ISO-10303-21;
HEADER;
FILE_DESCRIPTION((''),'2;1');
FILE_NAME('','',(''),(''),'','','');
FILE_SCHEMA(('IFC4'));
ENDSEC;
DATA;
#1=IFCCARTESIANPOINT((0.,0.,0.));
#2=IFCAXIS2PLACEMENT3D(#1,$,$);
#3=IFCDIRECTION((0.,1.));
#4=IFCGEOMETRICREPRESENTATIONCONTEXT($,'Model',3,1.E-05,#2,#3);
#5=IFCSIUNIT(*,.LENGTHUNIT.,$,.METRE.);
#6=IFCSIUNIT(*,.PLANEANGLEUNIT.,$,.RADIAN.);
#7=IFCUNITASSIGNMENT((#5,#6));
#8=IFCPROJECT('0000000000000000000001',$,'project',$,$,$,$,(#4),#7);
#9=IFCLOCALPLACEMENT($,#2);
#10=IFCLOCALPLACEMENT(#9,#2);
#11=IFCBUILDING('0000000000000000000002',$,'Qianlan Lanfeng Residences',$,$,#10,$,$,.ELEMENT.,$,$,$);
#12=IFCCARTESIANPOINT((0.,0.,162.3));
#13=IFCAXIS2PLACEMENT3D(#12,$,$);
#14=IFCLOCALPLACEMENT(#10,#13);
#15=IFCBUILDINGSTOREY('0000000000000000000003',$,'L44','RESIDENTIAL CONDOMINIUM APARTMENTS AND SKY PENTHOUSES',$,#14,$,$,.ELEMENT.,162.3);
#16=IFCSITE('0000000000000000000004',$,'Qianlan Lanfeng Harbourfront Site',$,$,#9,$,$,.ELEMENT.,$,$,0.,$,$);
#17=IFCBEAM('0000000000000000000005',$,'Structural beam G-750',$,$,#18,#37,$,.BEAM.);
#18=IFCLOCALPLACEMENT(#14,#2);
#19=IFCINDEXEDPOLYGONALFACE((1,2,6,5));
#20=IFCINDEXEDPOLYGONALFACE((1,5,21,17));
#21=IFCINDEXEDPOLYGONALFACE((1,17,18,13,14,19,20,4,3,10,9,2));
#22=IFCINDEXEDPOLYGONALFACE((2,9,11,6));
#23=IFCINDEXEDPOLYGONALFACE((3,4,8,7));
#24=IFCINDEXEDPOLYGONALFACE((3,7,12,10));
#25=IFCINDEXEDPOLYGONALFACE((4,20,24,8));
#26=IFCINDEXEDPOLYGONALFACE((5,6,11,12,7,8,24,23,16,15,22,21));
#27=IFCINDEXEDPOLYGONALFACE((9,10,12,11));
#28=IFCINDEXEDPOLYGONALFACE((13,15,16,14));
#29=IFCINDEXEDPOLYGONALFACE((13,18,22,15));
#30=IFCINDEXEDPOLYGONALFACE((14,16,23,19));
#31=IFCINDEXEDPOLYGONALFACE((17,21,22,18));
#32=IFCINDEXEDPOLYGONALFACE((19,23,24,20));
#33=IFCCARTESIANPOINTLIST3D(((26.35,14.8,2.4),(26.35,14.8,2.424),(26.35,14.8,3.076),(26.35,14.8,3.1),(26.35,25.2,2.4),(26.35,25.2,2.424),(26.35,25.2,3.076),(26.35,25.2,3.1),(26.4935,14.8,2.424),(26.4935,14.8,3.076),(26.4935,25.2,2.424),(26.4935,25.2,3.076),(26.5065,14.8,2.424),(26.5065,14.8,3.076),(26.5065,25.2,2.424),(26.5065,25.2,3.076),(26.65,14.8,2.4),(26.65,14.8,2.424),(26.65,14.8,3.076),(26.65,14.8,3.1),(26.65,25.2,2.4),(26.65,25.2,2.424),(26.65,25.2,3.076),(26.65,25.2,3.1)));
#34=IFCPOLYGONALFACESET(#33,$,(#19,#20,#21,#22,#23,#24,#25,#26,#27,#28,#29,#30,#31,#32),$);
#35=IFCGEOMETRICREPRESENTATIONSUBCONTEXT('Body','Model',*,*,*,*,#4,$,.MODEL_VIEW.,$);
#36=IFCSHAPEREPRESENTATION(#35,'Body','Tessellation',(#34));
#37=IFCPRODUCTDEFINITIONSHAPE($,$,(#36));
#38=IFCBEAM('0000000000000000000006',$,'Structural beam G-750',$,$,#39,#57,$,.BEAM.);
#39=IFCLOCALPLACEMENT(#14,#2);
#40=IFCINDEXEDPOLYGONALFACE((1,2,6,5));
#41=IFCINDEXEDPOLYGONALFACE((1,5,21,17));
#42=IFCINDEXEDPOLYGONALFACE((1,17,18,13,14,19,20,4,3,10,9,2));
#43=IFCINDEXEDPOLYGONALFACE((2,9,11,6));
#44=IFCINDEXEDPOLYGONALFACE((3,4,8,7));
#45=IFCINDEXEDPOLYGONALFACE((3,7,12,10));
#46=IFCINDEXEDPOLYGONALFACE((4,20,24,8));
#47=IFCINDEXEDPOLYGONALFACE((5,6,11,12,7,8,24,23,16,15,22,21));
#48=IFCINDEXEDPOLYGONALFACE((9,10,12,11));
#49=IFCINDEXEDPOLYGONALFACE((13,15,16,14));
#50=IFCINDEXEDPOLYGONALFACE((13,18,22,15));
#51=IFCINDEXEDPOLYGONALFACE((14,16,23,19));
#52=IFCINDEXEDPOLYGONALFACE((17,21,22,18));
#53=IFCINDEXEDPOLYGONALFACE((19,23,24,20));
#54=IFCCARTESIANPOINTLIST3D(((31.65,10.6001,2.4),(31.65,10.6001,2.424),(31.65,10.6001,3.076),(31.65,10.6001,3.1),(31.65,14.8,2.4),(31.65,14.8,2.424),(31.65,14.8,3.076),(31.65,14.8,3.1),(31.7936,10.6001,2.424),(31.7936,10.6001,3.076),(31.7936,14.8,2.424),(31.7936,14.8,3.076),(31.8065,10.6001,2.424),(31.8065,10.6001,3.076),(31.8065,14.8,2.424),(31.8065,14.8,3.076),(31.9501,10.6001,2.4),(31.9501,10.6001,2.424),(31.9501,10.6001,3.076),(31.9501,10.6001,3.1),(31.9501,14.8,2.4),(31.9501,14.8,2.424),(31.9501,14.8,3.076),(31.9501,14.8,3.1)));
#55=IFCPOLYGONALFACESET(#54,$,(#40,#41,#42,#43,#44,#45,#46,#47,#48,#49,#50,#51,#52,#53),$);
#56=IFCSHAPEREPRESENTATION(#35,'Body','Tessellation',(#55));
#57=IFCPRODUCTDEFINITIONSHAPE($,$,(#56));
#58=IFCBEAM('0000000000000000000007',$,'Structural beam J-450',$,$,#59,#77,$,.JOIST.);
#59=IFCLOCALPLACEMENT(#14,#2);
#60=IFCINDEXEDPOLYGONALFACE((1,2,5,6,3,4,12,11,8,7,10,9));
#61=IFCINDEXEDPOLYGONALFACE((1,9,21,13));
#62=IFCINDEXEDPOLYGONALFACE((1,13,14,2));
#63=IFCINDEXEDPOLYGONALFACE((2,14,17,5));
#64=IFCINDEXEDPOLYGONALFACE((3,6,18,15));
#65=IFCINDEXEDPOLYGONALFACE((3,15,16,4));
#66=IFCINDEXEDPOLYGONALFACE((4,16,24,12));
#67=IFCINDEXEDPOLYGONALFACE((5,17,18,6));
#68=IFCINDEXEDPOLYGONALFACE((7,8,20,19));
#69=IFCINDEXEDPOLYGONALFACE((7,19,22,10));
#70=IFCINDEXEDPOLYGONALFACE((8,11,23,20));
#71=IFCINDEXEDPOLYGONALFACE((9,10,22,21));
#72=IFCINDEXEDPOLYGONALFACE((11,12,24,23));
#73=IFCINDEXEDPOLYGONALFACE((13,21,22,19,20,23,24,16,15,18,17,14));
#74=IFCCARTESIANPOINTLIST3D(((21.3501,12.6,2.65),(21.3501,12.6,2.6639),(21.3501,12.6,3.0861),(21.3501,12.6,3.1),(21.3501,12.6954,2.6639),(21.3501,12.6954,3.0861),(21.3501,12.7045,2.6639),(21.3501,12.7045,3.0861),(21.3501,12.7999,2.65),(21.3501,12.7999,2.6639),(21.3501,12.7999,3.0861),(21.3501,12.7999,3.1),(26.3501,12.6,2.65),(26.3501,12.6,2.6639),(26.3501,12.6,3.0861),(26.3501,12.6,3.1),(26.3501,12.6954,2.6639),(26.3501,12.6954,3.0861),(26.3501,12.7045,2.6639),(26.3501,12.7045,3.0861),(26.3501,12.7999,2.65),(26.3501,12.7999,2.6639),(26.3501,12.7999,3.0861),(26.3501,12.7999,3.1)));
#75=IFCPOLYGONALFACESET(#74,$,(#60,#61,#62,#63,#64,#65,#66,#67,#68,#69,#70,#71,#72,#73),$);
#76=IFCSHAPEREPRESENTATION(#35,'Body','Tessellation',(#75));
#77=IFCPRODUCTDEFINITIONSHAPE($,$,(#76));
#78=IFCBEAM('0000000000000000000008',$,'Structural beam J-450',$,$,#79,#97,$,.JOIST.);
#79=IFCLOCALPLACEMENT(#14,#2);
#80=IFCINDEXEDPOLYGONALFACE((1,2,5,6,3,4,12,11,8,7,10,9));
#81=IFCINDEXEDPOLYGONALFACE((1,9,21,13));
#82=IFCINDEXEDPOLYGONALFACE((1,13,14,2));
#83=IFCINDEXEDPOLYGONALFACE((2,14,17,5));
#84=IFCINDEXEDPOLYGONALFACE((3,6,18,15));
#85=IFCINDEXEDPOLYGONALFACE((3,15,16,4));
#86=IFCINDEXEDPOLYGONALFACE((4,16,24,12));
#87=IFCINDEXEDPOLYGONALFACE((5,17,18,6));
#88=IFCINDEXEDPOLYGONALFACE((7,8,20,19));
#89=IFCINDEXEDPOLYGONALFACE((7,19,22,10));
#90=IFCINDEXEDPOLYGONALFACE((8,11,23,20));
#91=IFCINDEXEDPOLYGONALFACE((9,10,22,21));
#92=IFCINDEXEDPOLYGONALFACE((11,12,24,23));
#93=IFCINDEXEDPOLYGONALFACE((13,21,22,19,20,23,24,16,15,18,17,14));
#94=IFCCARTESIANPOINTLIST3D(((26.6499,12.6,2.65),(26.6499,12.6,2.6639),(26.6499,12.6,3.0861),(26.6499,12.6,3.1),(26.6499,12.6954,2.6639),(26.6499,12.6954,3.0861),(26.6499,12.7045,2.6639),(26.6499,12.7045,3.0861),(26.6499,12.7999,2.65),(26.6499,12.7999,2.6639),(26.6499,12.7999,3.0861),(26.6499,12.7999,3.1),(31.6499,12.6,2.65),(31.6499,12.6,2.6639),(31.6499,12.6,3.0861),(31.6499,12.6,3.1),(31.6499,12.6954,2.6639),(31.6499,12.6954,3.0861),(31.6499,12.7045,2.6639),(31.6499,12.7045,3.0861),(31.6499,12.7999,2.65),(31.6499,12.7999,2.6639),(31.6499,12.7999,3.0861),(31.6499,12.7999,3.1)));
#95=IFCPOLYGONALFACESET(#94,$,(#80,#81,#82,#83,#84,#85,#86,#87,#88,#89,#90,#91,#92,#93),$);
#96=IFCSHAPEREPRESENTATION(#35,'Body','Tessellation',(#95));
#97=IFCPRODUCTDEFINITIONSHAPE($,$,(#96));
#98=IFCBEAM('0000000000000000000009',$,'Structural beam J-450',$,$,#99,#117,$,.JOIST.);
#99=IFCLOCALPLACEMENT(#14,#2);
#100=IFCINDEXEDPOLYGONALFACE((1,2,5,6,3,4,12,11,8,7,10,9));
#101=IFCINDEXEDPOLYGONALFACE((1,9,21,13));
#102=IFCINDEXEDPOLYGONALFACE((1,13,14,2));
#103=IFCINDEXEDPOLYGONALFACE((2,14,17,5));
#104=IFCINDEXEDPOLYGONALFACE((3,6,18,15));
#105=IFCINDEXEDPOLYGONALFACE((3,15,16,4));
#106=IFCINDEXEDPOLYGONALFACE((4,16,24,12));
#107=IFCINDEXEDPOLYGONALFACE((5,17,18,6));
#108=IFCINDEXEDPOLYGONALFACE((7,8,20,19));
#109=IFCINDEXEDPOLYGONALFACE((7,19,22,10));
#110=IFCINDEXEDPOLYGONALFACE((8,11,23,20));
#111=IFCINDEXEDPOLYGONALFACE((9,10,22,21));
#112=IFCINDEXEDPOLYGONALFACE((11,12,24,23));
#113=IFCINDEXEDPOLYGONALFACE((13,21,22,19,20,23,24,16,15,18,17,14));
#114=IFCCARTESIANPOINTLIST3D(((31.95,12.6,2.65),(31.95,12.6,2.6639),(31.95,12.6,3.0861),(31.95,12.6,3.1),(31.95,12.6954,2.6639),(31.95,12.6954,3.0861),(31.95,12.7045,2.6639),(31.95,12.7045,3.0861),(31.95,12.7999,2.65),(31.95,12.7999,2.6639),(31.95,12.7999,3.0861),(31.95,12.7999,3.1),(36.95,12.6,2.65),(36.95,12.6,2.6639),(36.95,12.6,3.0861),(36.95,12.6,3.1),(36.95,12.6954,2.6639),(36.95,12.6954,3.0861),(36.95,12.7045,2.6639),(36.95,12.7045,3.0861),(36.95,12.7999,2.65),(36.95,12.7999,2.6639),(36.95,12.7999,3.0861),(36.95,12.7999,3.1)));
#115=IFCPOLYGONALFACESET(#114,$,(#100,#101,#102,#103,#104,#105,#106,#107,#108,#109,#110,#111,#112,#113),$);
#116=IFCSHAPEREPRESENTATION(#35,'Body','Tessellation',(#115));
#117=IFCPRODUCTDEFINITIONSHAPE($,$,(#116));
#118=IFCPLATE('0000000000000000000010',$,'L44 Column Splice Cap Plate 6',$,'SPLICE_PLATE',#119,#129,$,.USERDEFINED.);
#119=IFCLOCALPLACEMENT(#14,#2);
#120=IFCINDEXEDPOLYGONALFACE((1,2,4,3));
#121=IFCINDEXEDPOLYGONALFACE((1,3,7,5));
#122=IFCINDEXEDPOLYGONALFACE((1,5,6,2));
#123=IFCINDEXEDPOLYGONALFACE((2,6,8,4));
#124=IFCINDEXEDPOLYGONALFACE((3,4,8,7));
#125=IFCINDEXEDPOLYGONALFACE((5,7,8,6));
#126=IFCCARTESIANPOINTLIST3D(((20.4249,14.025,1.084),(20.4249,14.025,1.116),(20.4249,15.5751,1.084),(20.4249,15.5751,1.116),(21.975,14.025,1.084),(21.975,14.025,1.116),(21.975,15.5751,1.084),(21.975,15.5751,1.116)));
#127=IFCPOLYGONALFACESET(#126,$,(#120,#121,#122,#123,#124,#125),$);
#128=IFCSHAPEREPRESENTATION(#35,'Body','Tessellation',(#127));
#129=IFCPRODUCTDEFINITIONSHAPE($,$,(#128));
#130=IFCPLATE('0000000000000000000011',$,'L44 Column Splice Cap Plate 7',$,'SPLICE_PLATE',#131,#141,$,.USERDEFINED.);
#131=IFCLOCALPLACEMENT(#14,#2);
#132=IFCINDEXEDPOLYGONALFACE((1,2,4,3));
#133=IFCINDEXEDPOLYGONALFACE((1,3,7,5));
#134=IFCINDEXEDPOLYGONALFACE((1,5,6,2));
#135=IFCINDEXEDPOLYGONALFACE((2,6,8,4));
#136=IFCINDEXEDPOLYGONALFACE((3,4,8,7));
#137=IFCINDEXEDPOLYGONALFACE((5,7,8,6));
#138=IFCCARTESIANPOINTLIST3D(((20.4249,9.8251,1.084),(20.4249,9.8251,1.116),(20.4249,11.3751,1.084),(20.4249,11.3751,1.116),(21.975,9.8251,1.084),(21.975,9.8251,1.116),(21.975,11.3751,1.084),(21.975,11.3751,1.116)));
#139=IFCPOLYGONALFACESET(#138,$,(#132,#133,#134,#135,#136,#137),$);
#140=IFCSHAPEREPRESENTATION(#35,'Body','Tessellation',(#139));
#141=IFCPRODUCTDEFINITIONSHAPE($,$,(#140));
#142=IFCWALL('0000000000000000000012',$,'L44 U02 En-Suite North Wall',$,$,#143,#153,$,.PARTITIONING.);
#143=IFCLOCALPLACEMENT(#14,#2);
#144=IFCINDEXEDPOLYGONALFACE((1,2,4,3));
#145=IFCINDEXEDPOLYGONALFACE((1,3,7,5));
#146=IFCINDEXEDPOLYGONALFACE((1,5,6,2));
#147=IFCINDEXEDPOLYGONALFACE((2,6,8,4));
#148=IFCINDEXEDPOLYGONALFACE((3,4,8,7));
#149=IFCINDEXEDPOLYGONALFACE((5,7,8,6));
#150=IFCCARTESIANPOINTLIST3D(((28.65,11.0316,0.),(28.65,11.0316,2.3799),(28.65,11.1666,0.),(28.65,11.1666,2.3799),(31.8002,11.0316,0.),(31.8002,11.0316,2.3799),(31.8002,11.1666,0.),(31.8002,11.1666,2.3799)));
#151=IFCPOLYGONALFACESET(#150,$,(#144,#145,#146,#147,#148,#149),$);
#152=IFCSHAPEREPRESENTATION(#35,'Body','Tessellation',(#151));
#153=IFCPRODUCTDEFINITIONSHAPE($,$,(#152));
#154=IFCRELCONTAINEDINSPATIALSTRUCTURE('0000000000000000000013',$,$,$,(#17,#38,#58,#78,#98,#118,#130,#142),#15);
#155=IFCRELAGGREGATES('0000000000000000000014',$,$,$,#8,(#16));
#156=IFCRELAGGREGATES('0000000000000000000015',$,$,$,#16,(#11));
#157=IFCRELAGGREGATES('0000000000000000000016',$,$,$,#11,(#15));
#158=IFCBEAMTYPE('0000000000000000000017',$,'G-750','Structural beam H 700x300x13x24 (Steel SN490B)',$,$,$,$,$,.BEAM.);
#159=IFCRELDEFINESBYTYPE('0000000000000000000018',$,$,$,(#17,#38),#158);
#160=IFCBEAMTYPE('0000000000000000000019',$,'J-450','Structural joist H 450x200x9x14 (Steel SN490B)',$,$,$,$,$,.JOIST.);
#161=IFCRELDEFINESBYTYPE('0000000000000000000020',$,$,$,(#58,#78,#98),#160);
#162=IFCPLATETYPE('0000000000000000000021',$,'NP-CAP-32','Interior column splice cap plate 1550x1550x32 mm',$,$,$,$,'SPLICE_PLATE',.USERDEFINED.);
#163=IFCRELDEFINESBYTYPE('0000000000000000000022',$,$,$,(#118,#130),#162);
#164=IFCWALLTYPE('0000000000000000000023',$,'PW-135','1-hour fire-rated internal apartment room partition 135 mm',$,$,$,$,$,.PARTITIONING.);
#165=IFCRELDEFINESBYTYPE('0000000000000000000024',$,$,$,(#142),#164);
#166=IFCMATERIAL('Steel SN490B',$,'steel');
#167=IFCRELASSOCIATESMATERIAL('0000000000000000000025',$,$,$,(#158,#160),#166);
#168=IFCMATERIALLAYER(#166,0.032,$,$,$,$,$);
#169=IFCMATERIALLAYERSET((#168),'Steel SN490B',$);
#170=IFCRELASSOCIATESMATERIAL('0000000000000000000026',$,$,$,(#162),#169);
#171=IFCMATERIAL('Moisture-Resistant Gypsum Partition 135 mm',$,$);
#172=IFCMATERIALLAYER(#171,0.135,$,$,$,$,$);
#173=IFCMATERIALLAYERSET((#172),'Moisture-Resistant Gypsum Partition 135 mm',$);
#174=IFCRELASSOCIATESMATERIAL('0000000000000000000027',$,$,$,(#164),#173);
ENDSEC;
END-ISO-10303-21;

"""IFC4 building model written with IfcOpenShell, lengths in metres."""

from ifc_helpers import new_model, si_unit, direction, frame, frame_2d, origin, origin_2d, place, context, subcontext, project, spatial, rectangle, i_section, extrude, source, transform, mapped, material, layer, layer_set, material_profile, profile_set, type_object, element, save


model = new_model("IFC4")

# Units and contexts
model_context = context("Model", 3, precision=1e-05, world=origin(), true_north=direction((0.0, 1.0)))
body_context = subcontext(model_context, "Body", "Model", "MODEL_VIEW")
ifc_project = project(units=[si_unit("LENGTHUNIT", "METRE"), si_unit("PLANEANGLEUNIT", "RADIAN")], contexts=[model_context])

# Site, building, storey
site_placement = place(None, origin())
site = spatial("IfcSite", under=ifc_project, at=site_placement, Name="Qianlan Lanfeng Harbourfront Site", CompositionType="ELEMENT", RefElevation=0.0)
building_placement = place(site_placement, origin())
building = spatial("IfcBuilding", under=site, at=building_placement, Name="Qianlan Lanfeng Residences", CompositionType="ELEMENT")
storey_placement = place(building_placement, frame((0.0, 0.0, 162.3)))
storey = spatial("IfcBuildingStorey", under=building, at=storey_placement, Name="L44", Description="RESIDENTIAL CONDOMINIUM APARTMENTS AND SKY PENTHOUSES", CompositionType="ELEMENT", Elevation=162.3)

# Shared definitions
ifc_material_1 = material(Name="Steel SN490B", Category="steel")

# Beams
ifc_material_profile_1 = material_profile(ifc_material_1, i_section(OverallWidth=0.3, OverallDepth=0.7, WebThickness=0.0129, FlangeThickness=0.0239, at=origin_2d()), Name="H 700x300x13x24")
ifc_profile_set_1 = profile_set([ifc_material_profile_1], Name="Steel SN490B")
beam_type_1 = type_object("IfcBeamType", Name="G-750", Description="Structural beam H 700x300x13x24 (Steel SN490B)", PredefinedType="BEAM", material=ifc_profile_set_1)
beam_1_placement = place(storey_placement, frame((26.5, 14.8, 2.75), z_axis=(0.0, 1.0, 0.0), x_axis=(-1.0, 0.0, 0.0)))
element("IfcBeam", 1, at=beam_1_placement, inside=storey, type_object=beam_type_1, Name="Structural beam G-750", PredefinedType="BEAM", context=body_context, shape_type="SweptSolid", body=[
    extrude(i_section(OverallWidth=0.3, OverallDepth=0.7, WebThickness=0.0129, FlangeThickness=0.0239, at=origin_2d()), origin(), (0.0, 0.0, 1.0), 10.3999),
])
beam_2_placement = place(storey_placement, frame((31.8, 10.6001, 2.75), z_axis=(0.0, 1.0, 0.0), x_axis=(-1.0, 0.0, 0.0)))
element("IfcBeam", 2, at=beam_2_placement, inside=storey, type_object=beam_type_1, Name="Structural beam G-750", PredefinedType="BEAM", context=body_context, shape_type="SweptSolid", body=[
    extrude(i_section(OverallWidth=0.3, OverallDepth=0.7, WebThickness=0.0129, FlangeThickness=0.0239, at=origin_2d()), origin(), (0.0, 0.0, 1.0), 4.2),
])
ifc_material_profile_2 = material_profile(ifc_material_1, i_section(OverallWidth=0.2, OverallDepth=0.45, WebThickness=0.009, FlangeThickness=0.0139, at=origin_2d()), Name="H 450x200x9x14")
ifc_profile_set_2 = profile_set([ifc_material_profile_2], Name="Steel SN490B")
beam_type_2 = type_object("IfcBeamType", Name="J-450", Description="Structural joist H 450x200x9x14 (Steel SN490B)", PredefinedType="JOIST", material=ifc_profile_set_2)
for number, where, z_axis, x_axis, name in (
    (3, (21.3501, 12.7, 2.875), (1.0, 0.0, 0.0), (0.0, 1.0, 0.0), "Structural beam J-450"),
    (4, (26.6499, 12.7, 2.875), (1.0, 0.0, 0.0), (0.0, 1.0, 0.0), "Structural beam J-450"),
    (5, (31.95, 12.7, 2.875), (1.0, 0.0, 0.0), (0.0, 1.0, 0.0), "Structural beam J-450"),
):
    element("IfcBeam", number, at=place(storey_placement, frame(where, z_axis=z_axis, x_axis=x_axis)), inside=storey, type_object=beam_type_2, Name=name, PredefinedType="JOIST", context=body_context, shape_type="SweptSolid", body=[
        extrude(i_section(OverallWidth=0.2, OverallDepth=0.45, WebThickness=0.009, FlangeThickness=0.0139, at=origin_2d()), origin(), (0.0, 0.0, 1.0), 5.0),
    ])

# Plates
ifc_layer_1 = layer(ifc_material_1, 0.032)
ifc_layer_set_1 = layer_set([ifc_layer_1], Name="Steel SN490B")
plate_type = type_object("IfcPlateType", Name="NP-CAP-32", Description="Interior column splice cap plate 1550x1550x32 mm", ElementType="SPLICE_PLATE", PredefinedType="USERDEFINED", material=ifc_layer_set_1)
shared_shape = source(origin(), body_context, "Body", "SweptSolid", [
    extrude(rectangle(XDim=1.55, YDim=1.55, at=origin_2d()), origin(), (0.0, 0.0, 1.0), 0.032),
])
for number, where, z_axis, x_axis, name in (
    (6, (21.2, 14.8, 1.084), (0.0, 0.0, 1.0), (1.0, 0.0, 0.0), "L44 Column Splice Cap Plate 6"),
    (7, (21.2, 10.6001, 1.084), (0.0, 0.0, 1.0), (1.0, 0.0, 0.0), "L44 Column Splice Cap Plate 7"),
):
    element("IfcPlate", number, at=place(storey_placement, frame(where, z_axis=z_axis, x_axis=x_axis)), inside=storey, type_object=plate_type, Name=name, ObjectType="SPLICE_PLATE", PredefinedType="USERDEFINED", context=body_context, shape_type="MappedRepresentation", body=[
        mapped(shared_shape, transform((0.0, 0.0, 0.0), scale=1.0)),
    ])

# Shared definitions
ifc_material_2 = material(Name="Moisture-Resistant Gypsum Partition 135 mm")
ifc_layer_2 = layer(ifc_material_2, 0.135)
ifc_layer_set_2 = layer_set([ifc_layer_2], Name="Moisture-Resistant Gypsum Partition 135 mm")
wall_type = type_object("IfcWallType", Name="PW-135", Description="1-hour fire-rated internal apartment room partition 135 mm", PredefinedType="PARTITIONING", material=ifc_layer_set_2)

# Wall
wall_1_placement = place(storey_placement, frame((28.6499, 11.0991, 0.0), z_axis=(0.0, 0.0, 1.0), x_axis=(1.0, 0.0, 0.0)))
element("IfcWall", 8, at=wall_1_placement, inside=storey, type_object=wall_type, Name="L44 U02 En-Suite North Wall", PredefinedType="PARTITIONING", context=body_context, shape_type="SweptSolid", body=[
    extrude(rectangle(XDim=3.1501, YDim=0.135, at=frame_2d((1.5752, 0.0))), origin(), (0.0, 0.0, 1.0), 2.3799),
])

save(model, "model.ifc")
